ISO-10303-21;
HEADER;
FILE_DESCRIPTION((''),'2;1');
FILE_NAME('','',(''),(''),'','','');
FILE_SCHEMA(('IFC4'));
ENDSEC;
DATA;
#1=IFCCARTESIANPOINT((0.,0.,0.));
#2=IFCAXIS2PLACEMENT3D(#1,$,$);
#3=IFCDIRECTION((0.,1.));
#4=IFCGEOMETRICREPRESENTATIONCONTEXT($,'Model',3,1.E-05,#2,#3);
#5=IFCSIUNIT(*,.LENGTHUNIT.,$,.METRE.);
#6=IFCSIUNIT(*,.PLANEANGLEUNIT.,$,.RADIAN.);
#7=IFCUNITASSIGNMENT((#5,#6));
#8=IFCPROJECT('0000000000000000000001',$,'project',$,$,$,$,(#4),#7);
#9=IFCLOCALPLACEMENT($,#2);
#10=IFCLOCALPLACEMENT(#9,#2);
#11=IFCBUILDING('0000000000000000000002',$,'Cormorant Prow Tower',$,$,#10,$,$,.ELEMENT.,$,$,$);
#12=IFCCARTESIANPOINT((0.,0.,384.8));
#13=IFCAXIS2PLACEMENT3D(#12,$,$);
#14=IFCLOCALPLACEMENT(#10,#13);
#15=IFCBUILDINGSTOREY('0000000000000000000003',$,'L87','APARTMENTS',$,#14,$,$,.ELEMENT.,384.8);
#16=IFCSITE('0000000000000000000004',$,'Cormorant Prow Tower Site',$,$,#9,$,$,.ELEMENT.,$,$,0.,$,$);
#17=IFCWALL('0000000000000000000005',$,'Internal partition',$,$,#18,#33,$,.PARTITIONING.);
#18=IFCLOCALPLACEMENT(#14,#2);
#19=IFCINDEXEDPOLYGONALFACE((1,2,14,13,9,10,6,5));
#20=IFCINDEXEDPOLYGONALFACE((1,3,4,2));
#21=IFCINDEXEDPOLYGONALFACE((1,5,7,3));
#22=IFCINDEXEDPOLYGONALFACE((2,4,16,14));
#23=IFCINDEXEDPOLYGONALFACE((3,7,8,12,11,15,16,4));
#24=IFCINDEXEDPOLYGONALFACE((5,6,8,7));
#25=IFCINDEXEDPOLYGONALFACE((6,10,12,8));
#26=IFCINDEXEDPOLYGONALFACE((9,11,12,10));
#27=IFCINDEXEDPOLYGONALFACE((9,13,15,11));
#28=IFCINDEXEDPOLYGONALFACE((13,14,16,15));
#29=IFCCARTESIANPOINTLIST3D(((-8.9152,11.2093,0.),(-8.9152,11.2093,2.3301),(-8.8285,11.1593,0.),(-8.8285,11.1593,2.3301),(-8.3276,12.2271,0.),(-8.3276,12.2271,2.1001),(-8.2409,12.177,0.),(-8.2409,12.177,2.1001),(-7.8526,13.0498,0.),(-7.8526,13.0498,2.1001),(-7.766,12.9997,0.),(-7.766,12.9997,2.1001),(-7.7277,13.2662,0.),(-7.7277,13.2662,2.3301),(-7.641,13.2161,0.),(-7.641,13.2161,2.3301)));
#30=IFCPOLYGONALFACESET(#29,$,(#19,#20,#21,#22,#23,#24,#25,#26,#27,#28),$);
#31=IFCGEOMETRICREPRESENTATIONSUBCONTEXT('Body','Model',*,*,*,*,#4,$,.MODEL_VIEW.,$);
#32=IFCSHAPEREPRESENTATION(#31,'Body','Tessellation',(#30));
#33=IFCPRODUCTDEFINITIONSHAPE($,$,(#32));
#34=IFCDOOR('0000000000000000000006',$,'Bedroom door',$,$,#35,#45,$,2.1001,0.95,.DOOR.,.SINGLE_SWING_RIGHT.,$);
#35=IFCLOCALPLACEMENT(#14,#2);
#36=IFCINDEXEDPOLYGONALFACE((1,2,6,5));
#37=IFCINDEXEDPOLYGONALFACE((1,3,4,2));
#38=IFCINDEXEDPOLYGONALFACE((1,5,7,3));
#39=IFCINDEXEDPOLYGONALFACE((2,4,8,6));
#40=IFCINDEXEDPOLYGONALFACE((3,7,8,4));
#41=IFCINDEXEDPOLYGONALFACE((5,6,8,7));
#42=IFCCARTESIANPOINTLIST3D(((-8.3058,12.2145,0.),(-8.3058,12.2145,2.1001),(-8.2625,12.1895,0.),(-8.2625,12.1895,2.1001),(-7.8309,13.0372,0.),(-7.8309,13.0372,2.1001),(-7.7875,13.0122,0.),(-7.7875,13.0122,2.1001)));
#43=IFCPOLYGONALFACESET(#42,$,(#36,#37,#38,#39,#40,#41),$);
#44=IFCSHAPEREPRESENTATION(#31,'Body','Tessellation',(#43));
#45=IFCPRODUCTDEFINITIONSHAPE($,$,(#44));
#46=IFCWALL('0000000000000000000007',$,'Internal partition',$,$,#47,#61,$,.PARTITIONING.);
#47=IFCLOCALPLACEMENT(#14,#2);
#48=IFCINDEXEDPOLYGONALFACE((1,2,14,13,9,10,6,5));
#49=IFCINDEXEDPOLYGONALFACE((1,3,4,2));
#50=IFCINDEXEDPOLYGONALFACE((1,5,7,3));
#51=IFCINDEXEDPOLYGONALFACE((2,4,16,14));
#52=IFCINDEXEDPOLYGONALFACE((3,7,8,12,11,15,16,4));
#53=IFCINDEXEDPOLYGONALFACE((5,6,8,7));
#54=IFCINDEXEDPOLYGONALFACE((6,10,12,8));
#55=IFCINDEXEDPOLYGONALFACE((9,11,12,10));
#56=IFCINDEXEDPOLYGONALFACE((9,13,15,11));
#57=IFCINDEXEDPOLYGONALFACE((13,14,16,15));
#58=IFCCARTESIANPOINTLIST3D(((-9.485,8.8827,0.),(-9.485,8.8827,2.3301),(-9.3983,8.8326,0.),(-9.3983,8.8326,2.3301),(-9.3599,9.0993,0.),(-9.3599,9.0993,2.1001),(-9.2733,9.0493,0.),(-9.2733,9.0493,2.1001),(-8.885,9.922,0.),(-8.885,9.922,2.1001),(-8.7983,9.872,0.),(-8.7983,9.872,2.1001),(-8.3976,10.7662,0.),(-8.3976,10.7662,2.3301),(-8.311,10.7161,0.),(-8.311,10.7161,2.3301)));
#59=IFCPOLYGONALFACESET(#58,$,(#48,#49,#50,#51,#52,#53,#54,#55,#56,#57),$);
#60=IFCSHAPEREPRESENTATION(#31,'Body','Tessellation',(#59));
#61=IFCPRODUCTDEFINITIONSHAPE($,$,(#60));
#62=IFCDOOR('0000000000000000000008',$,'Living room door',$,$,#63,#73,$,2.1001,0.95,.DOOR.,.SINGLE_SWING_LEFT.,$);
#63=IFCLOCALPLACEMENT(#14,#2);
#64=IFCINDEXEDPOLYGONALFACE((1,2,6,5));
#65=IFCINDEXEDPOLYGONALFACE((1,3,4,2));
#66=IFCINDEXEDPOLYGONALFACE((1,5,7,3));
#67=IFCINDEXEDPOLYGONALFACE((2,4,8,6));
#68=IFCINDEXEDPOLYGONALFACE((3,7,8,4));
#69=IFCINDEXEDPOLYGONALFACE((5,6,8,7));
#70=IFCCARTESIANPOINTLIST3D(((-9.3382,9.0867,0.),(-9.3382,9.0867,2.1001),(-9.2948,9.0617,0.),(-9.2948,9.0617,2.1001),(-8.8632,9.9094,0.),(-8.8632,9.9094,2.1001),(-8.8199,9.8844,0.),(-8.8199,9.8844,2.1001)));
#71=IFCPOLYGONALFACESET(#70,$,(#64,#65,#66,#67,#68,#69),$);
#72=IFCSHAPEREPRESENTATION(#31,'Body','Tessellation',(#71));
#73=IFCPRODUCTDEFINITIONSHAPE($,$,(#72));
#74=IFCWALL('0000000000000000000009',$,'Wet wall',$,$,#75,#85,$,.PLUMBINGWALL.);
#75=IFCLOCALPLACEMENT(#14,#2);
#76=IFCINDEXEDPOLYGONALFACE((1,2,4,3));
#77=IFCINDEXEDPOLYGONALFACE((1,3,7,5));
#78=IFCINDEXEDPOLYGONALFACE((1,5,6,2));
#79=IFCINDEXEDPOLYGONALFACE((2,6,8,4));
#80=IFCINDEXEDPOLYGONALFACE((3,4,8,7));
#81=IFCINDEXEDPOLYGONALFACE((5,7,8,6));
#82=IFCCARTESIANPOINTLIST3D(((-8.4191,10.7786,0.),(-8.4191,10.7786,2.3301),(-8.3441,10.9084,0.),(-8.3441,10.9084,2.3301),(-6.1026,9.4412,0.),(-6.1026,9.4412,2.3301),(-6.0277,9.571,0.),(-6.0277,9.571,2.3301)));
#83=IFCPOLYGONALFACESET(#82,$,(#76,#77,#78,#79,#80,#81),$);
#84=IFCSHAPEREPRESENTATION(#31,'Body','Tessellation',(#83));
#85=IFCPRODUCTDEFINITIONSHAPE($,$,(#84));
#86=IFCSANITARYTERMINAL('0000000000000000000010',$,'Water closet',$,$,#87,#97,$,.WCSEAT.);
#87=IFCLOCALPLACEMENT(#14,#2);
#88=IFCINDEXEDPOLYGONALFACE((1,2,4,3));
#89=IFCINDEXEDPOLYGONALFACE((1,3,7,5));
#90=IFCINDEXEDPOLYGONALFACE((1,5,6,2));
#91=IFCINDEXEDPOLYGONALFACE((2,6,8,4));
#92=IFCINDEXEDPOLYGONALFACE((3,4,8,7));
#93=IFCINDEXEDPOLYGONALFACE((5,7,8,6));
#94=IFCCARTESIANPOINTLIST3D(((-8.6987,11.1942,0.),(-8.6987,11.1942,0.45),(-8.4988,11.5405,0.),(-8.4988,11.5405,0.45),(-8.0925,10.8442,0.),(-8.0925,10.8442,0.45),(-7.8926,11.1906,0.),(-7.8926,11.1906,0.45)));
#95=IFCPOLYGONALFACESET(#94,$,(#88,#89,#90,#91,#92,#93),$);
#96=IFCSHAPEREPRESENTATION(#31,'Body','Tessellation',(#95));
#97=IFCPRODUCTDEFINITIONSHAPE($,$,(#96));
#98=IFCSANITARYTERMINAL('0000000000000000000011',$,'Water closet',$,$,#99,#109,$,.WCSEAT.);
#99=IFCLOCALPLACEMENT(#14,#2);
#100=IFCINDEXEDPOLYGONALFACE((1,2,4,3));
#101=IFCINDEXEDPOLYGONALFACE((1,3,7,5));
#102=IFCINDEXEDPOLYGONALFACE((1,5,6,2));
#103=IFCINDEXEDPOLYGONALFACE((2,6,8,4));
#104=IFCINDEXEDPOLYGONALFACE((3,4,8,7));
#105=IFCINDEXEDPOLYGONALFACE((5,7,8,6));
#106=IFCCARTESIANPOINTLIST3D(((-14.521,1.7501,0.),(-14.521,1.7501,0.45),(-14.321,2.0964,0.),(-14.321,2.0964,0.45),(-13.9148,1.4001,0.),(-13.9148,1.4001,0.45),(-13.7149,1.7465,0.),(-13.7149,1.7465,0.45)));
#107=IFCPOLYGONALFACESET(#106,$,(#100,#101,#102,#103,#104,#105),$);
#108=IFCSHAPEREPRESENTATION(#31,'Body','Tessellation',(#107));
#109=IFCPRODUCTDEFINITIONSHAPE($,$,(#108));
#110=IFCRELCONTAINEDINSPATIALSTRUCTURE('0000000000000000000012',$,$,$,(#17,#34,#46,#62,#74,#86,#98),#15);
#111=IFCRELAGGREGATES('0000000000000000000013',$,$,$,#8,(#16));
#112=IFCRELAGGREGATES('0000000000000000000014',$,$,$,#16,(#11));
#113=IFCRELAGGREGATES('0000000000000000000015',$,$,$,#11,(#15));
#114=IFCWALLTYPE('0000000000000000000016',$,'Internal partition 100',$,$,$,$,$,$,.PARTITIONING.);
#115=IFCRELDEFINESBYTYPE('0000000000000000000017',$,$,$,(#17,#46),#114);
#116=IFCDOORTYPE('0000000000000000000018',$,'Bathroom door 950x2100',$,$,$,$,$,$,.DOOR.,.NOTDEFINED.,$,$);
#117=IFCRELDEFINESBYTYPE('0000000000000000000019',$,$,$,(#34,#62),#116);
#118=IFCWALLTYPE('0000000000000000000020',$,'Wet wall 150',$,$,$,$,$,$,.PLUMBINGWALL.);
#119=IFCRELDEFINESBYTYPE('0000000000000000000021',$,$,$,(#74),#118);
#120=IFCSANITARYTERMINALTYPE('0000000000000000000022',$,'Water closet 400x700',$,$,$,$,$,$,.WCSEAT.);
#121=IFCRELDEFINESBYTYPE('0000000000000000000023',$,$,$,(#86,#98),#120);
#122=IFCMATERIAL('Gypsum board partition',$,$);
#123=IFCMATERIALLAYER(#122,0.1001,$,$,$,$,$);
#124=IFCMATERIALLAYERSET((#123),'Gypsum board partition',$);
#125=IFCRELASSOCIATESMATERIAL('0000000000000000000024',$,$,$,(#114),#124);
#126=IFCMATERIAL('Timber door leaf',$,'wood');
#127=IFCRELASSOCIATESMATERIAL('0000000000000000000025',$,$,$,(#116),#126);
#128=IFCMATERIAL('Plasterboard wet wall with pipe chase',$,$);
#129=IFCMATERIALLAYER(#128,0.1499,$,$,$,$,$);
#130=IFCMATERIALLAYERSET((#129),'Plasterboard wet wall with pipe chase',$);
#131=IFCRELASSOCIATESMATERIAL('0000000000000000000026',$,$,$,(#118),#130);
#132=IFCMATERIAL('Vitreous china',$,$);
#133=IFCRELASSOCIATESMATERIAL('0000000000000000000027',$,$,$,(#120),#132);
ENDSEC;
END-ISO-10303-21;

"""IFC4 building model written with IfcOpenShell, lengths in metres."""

from ifc_helpers import new_model, si_unit, direction, frame, frame_2d, origin, origin_2d, place, context, subcontext, project, spatial, rectangle, extrude, material, layer, layer_set, type_object, element, fill, save


model = new_model("IFC4")

# Units and contexts
model_context = context("Model", 3, precision=1e-05, world=origin(), true_north=direction((0.0, 1.0)))
body_context = subcontext(model_context, "Body", "Model", "MODEL_VIEW")
ifc_project = project(units=[si_unit("LENGTHUNIT", "METRE"), si_unit("PLANEANGLEUNIT", "RADIAN")], contexts=[model_context])

# Site, building, storey
site_placement = place(None, origin())
site = spatial("IfcSite", under=ifc_project, at=site_placement, Name="Cormorant Prow Tower Site", CompositionType="ELEMENT", RefElevation=0.0)
building_placement = place(site_placement, origin())
building = spatial("IfcBuilding", under=site, at=building_placement, Name="Cormorant Prow Tower", CompositionType="ELEMENT")
storey_placement = place(building_placement, frame((0.0, 0.0, 384.8)))
storey = spatial("IfcBuildingStorey", under=building, at=storey_placement, Name="L87", Description="APARTMENTS", CompositionType="ELEMENT", Elevation=384.8)

# Shared definitions
ifc_material_1 = material(Name="Gypsum board partition")
ifc_layer_1 = layer(ifc_material_1, 0.1001)
ifc_layer_set_1 = layer_set([ifc_layer_1], Name="Gypsum board partition")
wall_type_1 = type_object("IfcWallType", Name="Internal partition 100", PredefinedType="PARTITIONING", material=ifc_layer_set_1)
ifc_material_2 = material(Name="Timber door leaf", Category="wood")
door_type_1 = type_object("IfcDoorType", Name="Bathroom door 950x2100", OperationType="NOTDEFINED", PredefinedType="DOOR", material=ifc_material_2)

# Walls, openings, doors
wall_1_placement = place(storey_placement, frame((-8.8718, 11.1843, 0.0), z_axis=(0.0, 0.0, 1.0), x_axis=(0.499986, 0.866033, 0.0)))
wall_1 = element("IfcWall", 1, at=wall_1_placement, inside=storey, type_object=wall_type_1, Name="Internal partition", PredefinedType="PARTITIONING", context=body_context, shape_type="SweptSolid", body=[
    extrude(rectangle(XDim=2.375, YDim=0.1001, at=frame_2d((1.1875, 0.0))), origin(), (0.0, 0.0, 1.0), 2.3301),
])
opening_1_placement = place(wall_1_placement, frame((1.175, 0.0, 0.0)))
opening_1 = element("IfcOpeningElement", 2, at=opening_1_placement, cuts=wall_1, PredefinedType="OPENING", context=body_context, shape_type="SweptSolid", body=[
    extrude(rectangle(XDim=0.95, YDim=2.1001, at=frame_2d((0.4751, 1.05))), frame((0.0, 0.0601, 0.0), z_axis=(0.0, -1.0, 0.0), x_axis=(1.0, 0.0, 0.0)), (0.0, 0.0, 1.0), 0.1201),
])
door_1_placement = place(opening_1_placement, origin())
door_1 = element("IfcDoor", 3, at=door_1_placement, inside=storey, type_object=door_type_1, Name="Bedroom door", OperationType="SINGLE_SWING_RIGHT", OverallHeight=2.1001, OverallWidth=0.95, PredefinedType="DOOR", context=body_context, shape_type="SweptSolid", body=[
    extrude(rectangle(XDim=0.95, YDim=2.1001, at=frame_2d((0.4751, 1.05))), frame((0.0, 0.0249, 0.0), z_axis=(0.0, -1.0, 0.0), x_axis=(1.0, 0.0, 0.0)), (0.0, 0.0, 1.0), 0.05),
])
fill(opening_1, door_1)
wall_2_placement = place(storey_placement, frame((-9.4417, 8.8577, 0.0), z_axis=(0.0, 0.0, 1.0), x_axis=(0.499978, 0.866038, 0.0)))
wall_2 = element("IfcWall", 4, at=wall_2_placement, inside=storey, type_object=wall_type_1, Name="Internal partition", PredefinedType="PARTITIONING", context=body_context, shape_type="SweptSolid", body=[
    extrude(rectangle(XDim=2.1748, YDim=0.1001, at=frame_2d((1.0874, 0.0))), origin(), (0.0, 0.0, 1.0), 2.3301),
])
opening_2_placement = place(wall_2_placement, frame((0.25, 0.0, 0.0)))
opening_2 = element("IfcOpeningElement", 5, at=opening_2_placement, cuts=wall_2, PredefinedType="OPENING", context=body_context, shape_type="SweptSolid", body=[
    extrude(rectangle(XDim=0.95, YDim=2.1001, at=frame_2d((0.4751, 1.05))), frame((0.0, 0.0601, 0.0), z_axis=(0.0, -1.0, 0.0), x_axis=(1.0, 0.0, 0.0)), (0.0, 0.0, 1.0), 0.1201),
])
door_2_placement = place(opening_2_placement, origin())
door_2 = element("IfcDoor", 6, at=door_2_placement, inside=storey, type_object=door_type_1, Name="Living room door", OperationType="SINGLE_SWING_LEFT", OverallHeight=2.1001, OverallWidth=0.95, PredefinedType="DOOR", context=body_context, shape_type="SweptSolid", body=[
    extrude(rectangle(XDim=0.95, YDim=2.1001, at=frame_2d((0.4751, 1.05))), frame((0.0, 0.0249, 0.0), z_axis=(0.0, -1.0, 0.0), x_axis=(1.0, 0.0, 0.0)), (0.0, 0.0, 1.0), 0.05),
])
fill(opening_2, door_2)

# Wall
ifc_material_3 = material(Name="Plasterboard wet wall with pipe chase")
ifc_layer_2 = layer(ifc_material_3, 0.1499)
ifc_layer_set_2 = layer_set([ifc_layer_2], Name="Plasterboard wet wall with pipe chase")
wall_type_2 = type_object("IfcWallType", Name="Wet wall 150", PredefinedType="PLUMBINGWALL", material=ifc_layer_set_2)
wall_3_placement = place(storey_placement, frame((-8.3816, 10.8435, 0.0), z_axis=(0.0, 0.0, 1.0), x_axis=(0.866021, -0.500007, 0.0)))
element("IfcWall", 7, at=wall_3_placement, inside=storey, type_object=wall_type_2, Name="Wet wall", PredefinedType="PLUMBINGWALL", context=body_context, shape_type="SweptSolid", body=[
    extrude(rectangle(XDim=2.6748, YDim=0.1499, at=frame_2d((1.3374, 0.0))), origin(), (0.0, 0.0, 1.0), 2.3301),
])

# Sanitary terminals
ifc_material_4 = material(Name="Vitreous china")
sanitary_terminal_type = type_object("IfcSanitaryTerminalType", Name="Water closet 400x700", PredefinedType="WCSEAT", material=ifc_material_4)
for number, where, z_axis, x_axis, name in (
    (8, (-8.2957, 11.1924, 0.0), (0.0, 0.0, 1.0), (0.5, 0.866025, 0.0), "Water closet"),
    (9, (-14.1179, 1.7483, 0.0), (0.0, 0.0, 1.0), (-0.5, -0.866025, 0.0), "Water closet"),
):
    element("IfcSanitaryTerminal", number, at=place(storey_placement, frame(where, z_axis=z_axis, x_axis=x_axis)), inside=storey, type_object=sanitary_terminal_type, Name=name, PredefinedType="WCSEAT", context=body_context, shape_type="SweptSolid", body=[
        extrude(rectangle(XDim=0.3999, YDim=0.7, at=origin_2d()), origin(), (0.0, 0.0, 1.0), 0.45),
    ])

save(model, "model.ifc")
